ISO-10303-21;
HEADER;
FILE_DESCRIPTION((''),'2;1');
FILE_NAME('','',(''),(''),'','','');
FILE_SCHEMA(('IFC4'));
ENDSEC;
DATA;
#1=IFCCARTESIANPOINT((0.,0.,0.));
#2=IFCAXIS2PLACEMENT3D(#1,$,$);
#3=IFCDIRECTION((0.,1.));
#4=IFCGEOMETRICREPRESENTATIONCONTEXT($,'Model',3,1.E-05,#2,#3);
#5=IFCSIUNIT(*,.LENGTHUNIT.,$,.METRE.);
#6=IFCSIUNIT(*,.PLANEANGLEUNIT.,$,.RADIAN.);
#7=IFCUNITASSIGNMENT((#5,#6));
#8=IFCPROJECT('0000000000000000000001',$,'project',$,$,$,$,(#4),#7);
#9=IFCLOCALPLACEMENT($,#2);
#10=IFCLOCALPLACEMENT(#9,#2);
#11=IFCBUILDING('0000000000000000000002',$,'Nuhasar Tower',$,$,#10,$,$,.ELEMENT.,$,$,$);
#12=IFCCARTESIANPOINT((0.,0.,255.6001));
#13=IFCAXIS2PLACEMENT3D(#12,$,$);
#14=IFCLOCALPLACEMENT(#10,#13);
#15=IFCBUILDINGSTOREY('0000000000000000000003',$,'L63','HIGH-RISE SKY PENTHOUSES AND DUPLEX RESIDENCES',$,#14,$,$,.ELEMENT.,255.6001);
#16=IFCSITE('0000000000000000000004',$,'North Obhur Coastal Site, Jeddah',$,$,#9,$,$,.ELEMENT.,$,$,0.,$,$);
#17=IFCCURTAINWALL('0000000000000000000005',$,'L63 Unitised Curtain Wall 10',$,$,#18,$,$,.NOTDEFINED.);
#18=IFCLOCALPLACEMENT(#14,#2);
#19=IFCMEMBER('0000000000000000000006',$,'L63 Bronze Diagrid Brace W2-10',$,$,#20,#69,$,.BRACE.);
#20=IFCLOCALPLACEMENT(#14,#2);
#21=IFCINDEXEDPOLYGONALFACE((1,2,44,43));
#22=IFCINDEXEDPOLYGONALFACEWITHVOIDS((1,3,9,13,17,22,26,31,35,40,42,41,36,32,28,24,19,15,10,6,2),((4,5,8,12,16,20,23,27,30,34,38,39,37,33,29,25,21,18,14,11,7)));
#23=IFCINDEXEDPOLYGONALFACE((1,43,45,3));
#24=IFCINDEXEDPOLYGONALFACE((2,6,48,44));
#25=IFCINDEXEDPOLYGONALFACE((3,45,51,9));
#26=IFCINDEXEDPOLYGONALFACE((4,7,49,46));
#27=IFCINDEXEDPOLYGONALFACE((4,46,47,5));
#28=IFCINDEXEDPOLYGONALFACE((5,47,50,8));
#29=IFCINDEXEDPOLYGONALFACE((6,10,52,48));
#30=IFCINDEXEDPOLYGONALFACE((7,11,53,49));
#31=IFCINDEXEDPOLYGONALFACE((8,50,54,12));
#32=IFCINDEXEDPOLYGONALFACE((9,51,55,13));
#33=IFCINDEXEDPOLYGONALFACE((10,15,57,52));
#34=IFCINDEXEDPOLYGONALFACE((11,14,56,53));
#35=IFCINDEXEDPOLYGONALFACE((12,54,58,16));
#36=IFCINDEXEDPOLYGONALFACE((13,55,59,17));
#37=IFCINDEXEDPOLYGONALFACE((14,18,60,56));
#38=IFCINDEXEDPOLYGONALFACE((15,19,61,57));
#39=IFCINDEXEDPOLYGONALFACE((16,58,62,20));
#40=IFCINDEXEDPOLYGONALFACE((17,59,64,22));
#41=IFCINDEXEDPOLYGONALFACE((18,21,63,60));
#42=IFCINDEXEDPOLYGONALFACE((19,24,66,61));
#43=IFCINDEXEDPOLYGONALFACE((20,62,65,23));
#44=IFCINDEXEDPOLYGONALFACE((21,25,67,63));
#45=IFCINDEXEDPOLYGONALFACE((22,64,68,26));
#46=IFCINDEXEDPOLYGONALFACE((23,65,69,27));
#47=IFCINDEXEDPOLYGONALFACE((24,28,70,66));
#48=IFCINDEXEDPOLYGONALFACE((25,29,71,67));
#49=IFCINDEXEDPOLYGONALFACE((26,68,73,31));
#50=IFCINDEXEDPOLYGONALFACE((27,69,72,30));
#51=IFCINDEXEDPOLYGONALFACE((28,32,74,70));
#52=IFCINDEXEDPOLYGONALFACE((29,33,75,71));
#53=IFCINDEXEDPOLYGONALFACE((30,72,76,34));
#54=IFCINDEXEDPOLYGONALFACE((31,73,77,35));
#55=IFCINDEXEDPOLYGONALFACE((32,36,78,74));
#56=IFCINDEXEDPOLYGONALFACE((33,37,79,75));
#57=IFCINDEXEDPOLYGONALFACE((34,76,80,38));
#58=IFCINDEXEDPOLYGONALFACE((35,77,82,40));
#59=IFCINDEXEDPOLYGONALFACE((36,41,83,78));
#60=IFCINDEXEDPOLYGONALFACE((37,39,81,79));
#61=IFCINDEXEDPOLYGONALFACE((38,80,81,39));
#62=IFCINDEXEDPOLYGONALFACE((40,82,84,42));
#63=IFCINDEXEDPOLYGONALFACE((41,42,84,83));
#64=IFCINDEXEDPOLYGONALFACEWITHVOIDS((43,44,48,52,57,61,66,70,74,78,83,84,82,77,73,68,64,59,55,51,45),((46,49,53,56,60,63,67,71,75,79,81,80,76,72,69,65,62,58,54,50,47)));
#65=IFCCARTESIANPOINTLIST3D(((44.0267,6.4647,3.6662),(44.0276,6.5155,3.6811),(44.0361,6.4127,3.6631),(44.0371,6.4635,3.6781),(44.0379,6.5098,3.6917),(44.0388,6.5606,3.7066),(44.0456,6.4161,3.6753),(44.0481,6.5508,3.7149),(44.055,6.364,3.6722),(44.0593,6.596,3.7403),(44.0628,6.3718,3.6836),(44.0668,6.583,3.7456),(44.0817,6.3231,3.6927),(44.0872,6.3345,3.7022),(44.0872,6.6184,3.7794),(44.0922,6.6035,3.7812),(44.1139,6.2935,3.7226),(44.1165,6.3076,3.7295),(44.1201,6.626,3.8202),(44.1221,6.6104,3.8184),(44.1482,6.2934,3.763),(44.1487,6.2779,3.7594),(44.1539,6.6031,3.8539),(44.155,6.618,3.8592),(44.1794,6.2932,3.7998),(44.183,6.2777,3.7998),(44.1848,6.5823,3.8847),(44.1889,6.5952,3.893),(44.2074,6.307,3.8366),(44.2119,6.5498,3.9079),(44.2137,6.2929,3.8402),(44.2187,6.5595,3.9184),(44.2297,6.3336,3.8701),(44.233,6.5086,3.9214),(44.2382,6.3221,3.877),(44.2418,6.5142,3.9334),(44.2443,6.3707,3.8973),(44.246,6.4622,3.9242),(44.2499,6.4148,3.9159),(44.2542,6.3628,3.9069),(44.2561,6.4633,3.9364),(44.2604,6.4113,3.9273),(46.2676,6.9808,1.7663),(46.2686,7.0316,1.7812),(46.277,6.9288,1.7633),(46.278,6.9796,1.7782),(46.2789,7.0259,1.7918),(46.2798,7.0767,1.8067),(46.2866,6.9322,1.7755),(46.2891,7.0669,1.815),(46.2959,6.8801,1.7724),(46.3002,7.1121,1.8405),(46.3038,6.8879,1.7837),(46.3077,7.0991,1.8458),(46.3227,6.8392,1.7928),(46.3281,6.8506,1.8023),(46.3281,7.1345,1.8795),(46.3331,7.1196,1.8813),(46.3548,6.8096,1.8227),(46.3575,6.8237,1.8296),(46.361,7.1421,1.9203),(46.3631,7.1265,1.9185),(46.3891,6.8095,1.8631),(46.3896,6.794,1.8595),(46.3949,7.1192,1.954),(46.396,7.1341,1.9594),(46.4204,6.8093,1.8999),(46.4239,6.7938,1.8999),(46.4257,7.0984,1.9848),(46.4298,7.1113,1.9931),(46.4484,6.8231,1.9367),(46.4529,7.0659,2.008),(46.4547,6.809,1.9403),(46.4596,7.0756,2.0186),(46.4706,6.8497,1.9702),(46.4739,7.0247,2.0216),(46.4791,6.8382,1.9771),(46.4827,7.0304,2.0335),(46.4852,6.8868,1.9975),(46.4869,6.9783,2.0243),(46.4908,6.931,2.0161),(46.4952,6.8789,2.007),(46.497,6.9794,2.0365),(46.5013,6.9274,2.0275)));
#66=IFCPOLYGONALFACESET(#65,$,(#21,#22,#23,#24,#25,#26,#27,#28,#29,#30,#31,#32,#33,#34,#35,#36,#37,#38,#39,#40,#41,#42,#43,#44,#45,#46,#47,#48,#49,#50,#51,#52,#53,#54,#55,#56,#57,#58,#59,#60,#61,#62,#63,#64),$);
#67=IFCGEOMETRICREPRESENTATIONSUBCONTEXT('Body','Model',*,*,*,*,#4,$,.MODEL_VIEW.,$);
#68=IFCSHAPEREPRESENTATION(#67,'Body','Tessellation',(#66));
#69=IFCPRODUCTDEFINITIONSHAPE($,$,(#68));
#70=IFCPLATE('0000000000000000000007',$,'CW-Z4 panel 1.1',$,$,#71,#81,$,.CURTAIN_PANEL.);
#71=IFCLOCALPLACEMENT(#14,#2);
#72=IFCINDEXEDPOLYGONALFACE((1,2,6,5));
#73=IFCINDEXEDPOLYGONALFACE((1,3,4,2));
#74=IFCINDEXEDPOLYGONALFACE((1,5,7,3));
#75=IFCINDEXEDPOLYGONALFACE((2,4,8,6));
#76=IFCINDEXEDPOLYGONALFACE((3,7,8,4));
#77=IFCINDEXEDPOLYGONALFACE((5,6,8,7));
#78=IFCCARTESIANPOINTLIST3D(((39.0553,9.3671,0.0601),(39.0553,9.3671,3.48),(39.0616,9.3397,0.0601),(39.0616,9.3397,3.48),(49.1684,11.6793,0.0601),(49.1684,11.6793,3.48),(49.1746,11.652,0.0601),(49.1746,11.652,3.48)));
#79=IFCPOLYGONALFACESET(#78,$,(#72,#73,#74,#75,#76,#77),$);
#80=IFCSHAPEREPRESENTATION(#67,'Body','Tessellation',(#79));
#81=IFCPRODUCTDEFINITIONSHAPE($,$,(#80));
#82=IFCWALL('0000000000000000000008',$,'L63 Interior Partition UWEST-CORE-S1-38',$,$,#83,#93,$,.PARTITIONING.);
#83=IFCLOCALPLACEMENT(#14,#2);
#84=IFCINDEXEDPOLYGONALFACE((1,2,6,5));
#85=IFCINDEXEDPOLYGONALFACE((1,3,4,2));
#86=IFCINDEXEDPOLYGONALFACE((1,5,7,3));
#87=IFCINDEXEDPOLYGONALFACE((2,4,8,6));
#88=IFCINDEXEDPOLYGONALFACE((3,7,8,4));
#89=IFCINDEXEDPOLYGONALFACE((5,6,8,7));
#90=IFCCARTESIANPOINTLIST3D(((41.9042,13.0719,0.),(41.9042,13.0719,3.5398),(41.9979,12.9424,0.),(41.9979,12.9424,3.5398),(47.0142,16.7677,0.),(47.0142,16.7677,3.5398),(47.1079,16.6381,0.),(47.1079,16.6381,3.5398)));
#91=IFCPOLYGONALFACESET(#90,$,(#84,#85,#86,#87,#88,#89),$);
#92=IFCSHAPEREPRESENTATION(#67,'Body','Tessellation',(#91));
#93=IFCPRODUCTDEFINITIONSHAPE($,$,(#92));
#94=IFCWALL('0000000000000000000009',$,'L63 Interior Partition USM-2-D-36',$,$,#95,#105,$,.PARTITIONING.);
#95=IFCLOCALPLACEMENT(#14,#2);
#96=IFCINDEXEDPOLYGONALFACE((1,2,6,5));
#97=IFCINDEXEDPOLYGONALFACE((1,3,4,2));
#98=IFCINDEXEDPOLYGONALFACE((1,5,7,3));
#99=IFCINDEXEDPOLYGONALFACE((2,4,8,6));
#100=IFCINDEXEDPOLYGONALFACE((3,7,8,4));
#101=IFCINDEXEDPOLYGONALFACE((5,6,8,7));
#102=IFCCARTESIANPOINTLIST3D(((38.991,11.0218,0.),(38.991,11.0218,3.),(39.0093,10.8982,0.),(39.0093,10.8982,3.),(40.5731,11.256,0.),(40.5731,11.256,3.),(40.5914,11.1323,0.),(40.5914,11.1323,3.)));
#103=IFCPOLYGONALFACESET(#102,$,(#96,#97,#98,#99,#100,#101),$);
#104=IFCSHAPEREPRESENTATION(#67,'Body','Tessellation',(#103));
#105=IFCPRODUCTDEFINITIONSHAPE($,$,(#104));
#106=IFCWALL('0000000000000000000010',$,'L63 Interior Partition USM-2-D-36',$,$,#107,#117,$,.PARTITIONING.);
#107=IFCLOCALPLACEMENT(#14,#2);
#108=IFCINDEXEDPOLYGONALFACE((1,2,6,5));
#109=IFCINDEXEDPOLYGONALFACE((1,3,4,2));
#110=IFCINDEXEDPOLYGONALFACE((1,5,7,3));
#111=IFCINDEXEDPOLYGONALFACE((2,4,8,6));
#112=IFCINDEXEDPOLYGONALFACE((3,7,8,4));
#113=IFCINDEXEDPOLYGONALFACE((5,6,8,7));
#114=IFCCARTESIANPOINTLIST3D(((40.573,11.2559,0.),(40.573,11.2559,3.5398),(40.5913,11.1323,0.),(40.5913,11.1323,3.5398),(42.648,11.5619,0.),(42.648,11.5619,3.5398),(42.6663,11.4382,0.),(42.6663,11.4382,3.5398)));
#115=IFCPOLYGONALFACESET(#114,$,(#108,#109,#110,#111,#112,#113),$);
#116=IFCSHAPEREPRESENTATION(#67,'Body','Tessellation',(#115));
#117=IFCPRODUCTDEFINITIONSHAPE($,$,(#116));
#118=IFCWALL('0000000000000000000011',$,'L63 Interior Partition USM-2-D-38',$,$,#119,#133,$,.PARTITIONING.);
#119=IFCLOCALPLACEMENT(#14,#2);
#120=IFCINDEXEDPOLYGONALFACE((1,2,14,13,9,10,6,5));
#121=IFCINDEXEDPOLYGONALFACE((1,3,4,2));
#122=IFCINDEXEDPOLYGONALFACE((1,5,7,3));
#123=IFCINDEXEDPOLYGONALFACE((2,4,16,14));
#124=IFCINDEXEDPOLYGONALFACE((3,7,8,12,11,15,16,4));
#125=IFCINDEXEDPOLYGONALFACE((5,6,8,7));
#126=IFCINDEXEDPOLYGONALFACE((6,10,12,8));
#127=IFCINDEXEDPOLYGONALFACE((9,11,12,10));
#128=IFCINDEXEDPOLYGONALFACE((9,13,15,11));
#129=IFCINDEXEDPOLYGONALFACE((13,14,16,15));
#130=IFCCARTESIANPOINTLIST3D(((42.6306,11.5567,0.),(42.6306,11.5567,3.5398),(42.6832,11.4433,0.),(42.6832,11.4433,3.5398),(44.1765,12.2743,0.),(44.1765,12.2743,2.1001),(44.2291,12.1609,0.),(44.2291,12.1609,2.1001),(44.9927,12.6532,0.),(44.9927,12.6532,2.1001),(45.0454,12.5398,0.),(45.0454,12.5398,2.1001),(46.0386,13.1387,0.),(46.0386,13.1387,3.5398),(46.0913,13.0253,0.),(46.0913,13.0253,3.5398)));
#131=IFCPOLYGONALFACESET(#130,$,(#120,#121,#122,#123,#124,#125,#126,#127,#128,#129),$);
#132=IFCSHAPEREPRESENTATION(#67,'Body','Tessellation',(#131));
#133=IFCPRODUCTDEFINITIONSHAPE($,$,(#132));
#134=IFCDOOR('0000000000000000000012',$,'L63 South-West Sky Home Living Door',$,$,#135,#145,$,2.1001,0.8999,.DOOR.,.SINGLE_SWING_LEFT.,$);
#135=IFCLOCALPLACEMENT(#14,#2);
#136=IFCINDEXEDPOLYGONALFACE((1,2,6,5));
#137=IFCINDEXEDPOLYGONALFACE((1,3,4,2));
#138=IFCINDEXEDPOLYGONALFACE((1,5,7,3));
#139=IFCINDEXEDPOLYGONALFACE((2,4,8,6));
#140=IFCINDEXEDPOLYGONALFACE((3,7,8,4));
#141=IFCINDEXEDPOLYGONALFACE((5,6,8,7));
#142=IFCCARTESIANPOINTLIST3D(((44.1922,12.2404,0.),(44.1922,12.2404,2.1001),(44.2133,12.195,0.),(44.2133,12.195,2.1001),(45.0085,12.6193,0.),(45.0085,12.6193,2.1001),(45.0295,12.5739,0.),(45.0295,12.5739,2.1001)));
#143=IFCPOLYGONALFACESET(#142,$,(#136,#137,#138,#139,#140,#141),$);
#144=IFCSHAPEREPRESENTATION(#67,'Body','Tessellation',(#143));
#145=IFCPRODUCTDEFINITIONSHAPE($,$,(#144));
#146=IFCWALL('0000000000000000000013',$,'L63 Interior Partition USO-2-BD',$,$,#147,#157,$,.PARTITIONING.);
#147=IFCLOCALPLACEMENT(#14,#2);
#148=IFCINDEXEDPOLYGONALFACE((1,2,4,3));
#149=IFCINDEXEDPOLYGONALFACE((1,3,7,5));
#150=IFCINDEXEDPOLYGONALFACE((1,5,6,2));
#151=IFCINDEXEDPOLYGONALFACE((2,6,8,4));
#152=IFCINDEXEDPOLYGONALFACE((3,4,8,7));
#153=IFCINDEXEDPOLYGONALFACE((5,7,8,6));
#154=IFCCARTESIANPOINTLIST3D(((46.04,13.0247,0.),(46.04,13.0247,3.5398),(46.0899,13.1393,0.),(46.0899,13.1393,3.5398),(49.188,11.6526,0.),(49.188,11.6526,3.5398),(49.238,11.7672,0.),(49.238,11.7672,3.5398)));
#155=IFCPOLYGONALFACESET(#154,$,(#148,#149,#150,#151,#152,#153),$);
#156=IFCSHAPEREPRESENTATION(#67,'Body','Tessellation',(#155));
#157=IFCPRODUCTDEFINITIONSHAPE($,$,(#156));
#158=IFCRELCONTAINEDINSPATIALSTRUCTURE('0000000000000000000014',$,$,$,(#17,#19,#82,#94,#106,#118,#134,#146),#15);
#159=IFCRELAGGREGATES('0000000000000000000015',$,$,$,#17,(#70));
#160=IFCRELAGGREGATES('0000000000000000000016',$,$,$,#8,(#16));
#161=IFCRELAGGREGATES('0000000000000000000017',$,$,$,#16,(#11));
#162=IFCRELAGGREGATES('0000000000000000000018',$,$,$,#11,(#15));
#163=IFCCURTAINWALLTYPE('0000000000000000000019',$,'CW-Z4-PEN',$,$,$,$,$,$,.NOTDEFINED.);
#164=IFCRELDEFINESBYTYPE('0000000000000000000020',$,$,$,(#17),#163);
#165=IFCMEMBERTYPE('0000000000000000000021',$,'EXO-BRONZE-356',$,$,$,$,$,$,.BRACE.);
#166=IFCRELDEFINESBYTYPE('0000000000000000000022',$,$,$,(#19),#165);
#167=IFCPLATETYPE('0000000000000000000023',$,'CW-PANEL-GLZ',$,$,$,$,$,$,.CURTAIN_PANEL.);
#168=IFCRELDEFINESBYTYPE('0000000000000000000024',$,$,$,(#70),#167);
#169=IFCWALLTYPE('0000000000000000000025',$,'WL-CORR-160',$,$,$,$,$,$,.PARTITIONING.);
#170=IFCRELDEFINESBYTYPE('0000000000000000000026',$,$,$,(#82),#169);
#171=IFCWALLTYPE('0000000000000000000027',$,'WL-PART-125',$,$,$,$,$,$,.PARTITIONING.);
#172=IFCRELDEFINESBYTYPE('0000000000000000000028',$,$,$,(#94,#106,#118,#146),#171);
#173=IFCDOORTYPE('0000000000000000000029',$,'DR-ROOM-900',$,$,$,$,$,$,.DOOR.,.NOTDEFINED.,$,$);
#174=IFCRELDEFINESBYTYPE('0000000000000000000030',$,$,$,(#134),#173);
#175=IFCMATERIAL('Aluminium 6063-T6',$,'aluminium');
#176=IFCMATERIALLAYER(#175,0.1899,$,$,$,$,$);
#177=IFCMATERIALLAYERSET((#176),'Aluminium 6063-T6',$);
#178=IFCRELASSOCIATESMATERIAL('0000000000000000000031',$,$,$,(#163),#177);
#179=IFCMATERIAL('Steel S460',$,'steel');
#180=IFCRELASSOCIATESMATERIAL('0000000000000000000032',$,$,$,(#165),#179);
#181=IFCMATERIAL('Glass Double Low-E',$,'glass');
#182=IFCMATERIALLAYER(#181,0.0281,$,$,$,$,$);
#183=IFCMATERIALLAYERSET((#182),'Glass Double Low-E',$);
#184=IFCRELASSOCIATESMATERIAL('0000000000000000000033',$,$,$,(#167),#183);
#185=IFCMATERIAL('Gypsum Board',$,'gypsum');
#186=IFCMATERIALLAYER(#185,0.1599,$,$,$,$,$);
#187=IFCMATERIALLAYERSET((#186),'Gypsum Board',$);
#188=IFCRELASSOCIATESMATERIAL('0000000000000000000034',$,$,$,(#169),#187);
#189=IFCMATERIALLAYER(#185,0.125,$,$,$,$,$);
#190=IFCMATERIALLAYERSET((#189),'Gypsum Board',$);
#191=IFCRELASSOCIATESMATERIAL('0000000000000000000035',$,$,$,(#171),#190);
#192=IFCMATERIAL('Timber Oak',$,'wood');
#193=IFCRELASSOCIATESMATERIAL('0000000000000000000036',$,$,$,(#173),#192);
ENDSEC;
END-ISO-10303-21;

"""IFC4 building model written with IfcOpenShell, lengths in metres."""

from ifc_helpers import new_model, si_unit, direction, frame, frame_2d, origin, origin_2d, place, context, subcontext, project, spatial, rectangle, hollow_circle, extrude, material, layer, layer_set, material_profile, profile_set, type_object, element, fill, aggregate, save


model = new_model("IFC4")

# Units and contexts
model_context = context("Model", 3, precision=1e-05, world=origin(), true_north=direction((0.0, 1.0)))
body_context = subcontext(model_context, "Body", "Model", "MODEL_VIEW")
ifc_project = project(units=[si_unit("LENGTHUNIT", "METRE"), si_unit("PLANEANGLEUNIT", "RADIAN")], contexts=[model_context])

# Site, building, storey
site_placement = place(None, origin())
site = spatial("IfcSite", under=ifc_project, at=site_placement, Name="North Obhur Coastal Site, Jeddah", CompositionType="ELEMENT", RefElevation=0.0)
building_placement = place(site_placement, origin())
building = spatial("IfcBuilding", under=site, at=building_placement, Name="Nuhasar Tower", CompositionType="ELEMENT")
storey_placement = place(building_placement, frame((0.0, 0.0, 255.6001)))
storey = spatial("IfcBuildingStorey", under=building, at=storey_placement, Name="L63", Description="HIGH-RISE SKY PENTHOUSES AND DUPLEX RESIDENCES", CompositionType="ELEMENT", Elevation=255.6001)

# Shared definitions
ifc_material_1 = material(Name="Steel S460", Category="steel")

# Curtain wall
ifc_material_2 = material(Name="Aluminium 6063-T6", Category="aluminium")
ifc_layer_1 = layer(ifc_material_2, 0.1899)
ifc_layer_set_1 = layer_set([ifc_layer_1], Name="Aluminium 6063-T6")
curtain_wall_type = type_object("IfcCurtainWallType", Name="CW-Z4-PEN", PredefinedType="NOTDEFINED", material=ifc_layer_set_1)
curtain_wall_placement = place(storey_placement, origin())
curtain_wall = element("IfcCurtainWall", 1, at=curtain_wall_placement, inside=storey, type_object=curtain_wall_type, Name="L63 Unitised Curtain Wall 10", PredefinedType="NOTDEFINED")

# Member
ifc_material_profile_1 = material_profile(ifc_material_1, hollow_circle(Radius=0.1777, WallThickness=0.0159, at=origin_2d()), Name="HSS355.6X15.9")
ifc_profile_set_1 = profile_set([ifc_material_profile_1], Name="Steel S460")
member_type_1 = type_object("IfcMemberType", Name="EXO-BRONZE-356", PredefinedType="BRACE", material=ifc_profile_set_1)
for number, where, z_axis, x_axis, name in (
    (2, (46.384, 6.967, 1.8999), (-0.751261, -0.173022, 0.636923), (0.224433, -0.97449, 0.0), "L63 Bronze Diagrid Brace W2-10"),
):
    element("IfcMember", number, at=place(storey_placement, frame(where, z_axis=z_axis, x_axis=x_axis)), inside=storey, type_object=member_type_1, Name=name, PredefinedType="BRACE", context=body_context, shape_type="SweptSolid", body=[
        extrude(hollow_circle(Radius=0.1777, WallThickness=0.0159, at=origin_2d()), origin(), (0.0, 0.0, 1.0), 2.9829),
    ])

# Plate
ifc_material_3 = material(Name="Glass Double Low-E", Category="glass")
ifc_layer_2 = layer(ifc_material_3, 0.0281)
ifc_layer_set_2 = layer_set([ifc_layer_2], Name="Glass Double Low-E")
plate_type = type_object("IfcPlateType", Name="CW-PANEL-GLZ", PredefinedType="CURTAIN_PANEL", material=ifc_layer_set_2)
plate_placement = place(storey_placement, frame((44.115, 10.5095, 0.0601), z_axis=(0.0, 0.0, 1.0), x_axis=(0.974844, 0.222889, 0.0)))
plate = element("IfcPlate", 3, at=plate_placement, type_object=plate_type, Name="CW-Z4 panel 1.1", PredefinedType="CURTAIN_PANEL", context=body_context, shape_type="SweptSolid", body=[
    extrude(rectangle(XDim=10.374, YDim=0.0281, at=origin_2d()), origin(), (0.0, 0.0, 1.0), 3.4199),
])
aggregate(curtain_wall, [plate])

# Walls
ifc_material_4 = material(Name="Gypsum Board", Category="gypsum")
ifc_layer_3 = layer(ifc_material_4, 0.1599)
ifc_layer_set_3 = layer_set([ifc_layer_3], Name="Gypsum Board")
wall_type_1 = type_object("IfcWallType", Name="WL-CORR-160", PredefinedType="PARTITIONING", material=ifc_layer_set_3)
wall_1_placement = place(storey_placement, frame((41.9509, 13.0071, 0.0), z_axis=(0.0, 0.0, 1.0), x_axis=(0.81029, 0.586029, 0.0)))
element("IfcWall", 4, at=wall_1_placement, inside=storey, type_object=wall_type_1, Name="L63 Interior Partition UWEST-CORE-S1-38", PredefinedType="PARTITIONING", context=body_context, shape_type="SweptSolid", body=[
    extrude(rectangle(XDim=6.3064, YDim=0.1599, at=frame_2d((3.1533, 0.0))), origin(), (0.0, 0.0, 1.0), 3.5398),
])
ifc_layer_4 = layer(ifc_material_4, 0.125)
ifc_layer_set_4 = layer_set([ifc_layer_4], Name="Gypsum Board")
wall_type_2 = type_object("IfcWallType", Name="WL-PART-125", PredefinedType="PARTITIONING", material=ifc_layer_set_4)
wall_2_placement = place(storey_placement, frame((39.0, 10.96, 0.0), z_axis=(0.0, 0.0, 1.0), x_axis=(0.989226, 0.146399, 0.0)))
element("IfcWall", 5, at=wall_2_placement, inside=storey, type_object=wall_type_2, Name="L63 Interior Partition USM-2-D-36", PredefinedType="PARTITIONING", context=body_context, shape_type="SweptSolid", body=[
    extrude(rectangle(XDim=1.5994, YDim=0.125, at=frame_2d((0.7998, 0.0))), origin(), (0.0, 0.0, 1.0), 3.0),
])
wall_3_placement = place(storey_placement, frame((40.582, 11.1941, 0.0), z_axis=(0.0, 0.0, 1.0), x_axis=(0.989306, 0.145853, 0.0)))
element("IfcWall", 6, at=wall_3_placement, inside=storey, type_object=wall_type_2, Name="L63 Interior Partition USM-2-D-36", PredefinedType="PARTITIONING", context=body_context, shape_type="SweptSolid", body=[
    extrude(rectangle(XDim=2.0974, YDim=0.125, at=frame_2d((1.0488, 0.0))), origin(), (0.0, 0.0, 1.0), 3.5398),
])

# Wall, opening, door
wall_4_placement = place(storey_placement, frame((46.0649, 13.082, 0.0), z_axis=(0.0, 0.0, 1.0), x_axis=(-0.907033, -0.42106, 0.0)))
wall_4 = element("IfcWall", 7, at=wall_4_placement, inside=storey, type_object=wall_type_2, Name="L63 Interior Partition USM-2-D-38", PredefinedType="PARTITIONING", context=body_context, shape_type="SweptSolid", body=[
    extrude(rectangle(XDim=3.7573, YDim=0.125, at=frame_2d((1.8787, 0.0))), origin(), (0.0, 0.0, 1.0), 3.5398),
])
opening_placement = place(wall_4_placement, frame((1.1531, 0.0, 0.0)))
opening = element("IfcOpeningElement", 8, at=opening_placement, cuts=wall_4, PredefinedType="OPENING", context=body_context, shape_type="SweptSolid", body=[
    extrude(rectangle(XDim=0.8999, YDim=2.1001, at=frame_2d((0.45, 1.05))), frame((0.0, 0.0725, 0.0), z_axis=(0.0, -1.0, 0.0), x_axis=(1.0, 0.0, 0.0)), (0.0, 0.0, 1.0), 0.145),
])
ifc_material_5 = material(Name="Timber Oak", Category="wood")
door_type = type_object("IfcDoorType", Name="DR-ROOM-900", OperationType="NOTDEFINED", PredefinedType="DOOR", material=ifc_material_5)
door_placement = place(opening_placement, origin())
door = element("IfcDoor", 9, at=door_placement, inside=storey, type_object=door_type, Name="L63 South-West Sky Home Living Door", OperationType="SINGLE_SWING_LEFT", OverallHeight=2.1001, OverallWidth=0.8999, PredefinedType="DOOR", context=body_context, shape_type="SweptSolid", body=[
    extrude(rectangle(XDim=0.8999, YDim=2.1001, at=frame_2d((0.45, 1.05))), frame((0.0, 0.0249, 0.0), z_axis=(0.0, -1.0, 0.0), x_axis=(1.0, 0.0, 0.0)), (0.0, 0.0, 1.0), 0.05),
])
fill(opening, door)

# Wall
wall_5_placement = place(storey_placement, frame((46.0649, 13.082, 0.0), z_axis=(0.0, 0.0, 1.0), x_axis=(0.916708, -0.399558, 0.0)))
element("IfcWall", 10, at=wall_5_placement, inside=storey, type_object=wall_type_2, Name="L63 Interior Partition USO-2-BD", PredefinedType="PARTITIONING", context=body_context, shape_type="SweptSolid", body=[
    extrude(rectangle(XDim=3.4341, YDim=0.125, at=frame_2d((1.717, 0.0))), origin(), (0.0, 0.0, 1.0), 3.5398),
])

save(model, "model.ifc")
